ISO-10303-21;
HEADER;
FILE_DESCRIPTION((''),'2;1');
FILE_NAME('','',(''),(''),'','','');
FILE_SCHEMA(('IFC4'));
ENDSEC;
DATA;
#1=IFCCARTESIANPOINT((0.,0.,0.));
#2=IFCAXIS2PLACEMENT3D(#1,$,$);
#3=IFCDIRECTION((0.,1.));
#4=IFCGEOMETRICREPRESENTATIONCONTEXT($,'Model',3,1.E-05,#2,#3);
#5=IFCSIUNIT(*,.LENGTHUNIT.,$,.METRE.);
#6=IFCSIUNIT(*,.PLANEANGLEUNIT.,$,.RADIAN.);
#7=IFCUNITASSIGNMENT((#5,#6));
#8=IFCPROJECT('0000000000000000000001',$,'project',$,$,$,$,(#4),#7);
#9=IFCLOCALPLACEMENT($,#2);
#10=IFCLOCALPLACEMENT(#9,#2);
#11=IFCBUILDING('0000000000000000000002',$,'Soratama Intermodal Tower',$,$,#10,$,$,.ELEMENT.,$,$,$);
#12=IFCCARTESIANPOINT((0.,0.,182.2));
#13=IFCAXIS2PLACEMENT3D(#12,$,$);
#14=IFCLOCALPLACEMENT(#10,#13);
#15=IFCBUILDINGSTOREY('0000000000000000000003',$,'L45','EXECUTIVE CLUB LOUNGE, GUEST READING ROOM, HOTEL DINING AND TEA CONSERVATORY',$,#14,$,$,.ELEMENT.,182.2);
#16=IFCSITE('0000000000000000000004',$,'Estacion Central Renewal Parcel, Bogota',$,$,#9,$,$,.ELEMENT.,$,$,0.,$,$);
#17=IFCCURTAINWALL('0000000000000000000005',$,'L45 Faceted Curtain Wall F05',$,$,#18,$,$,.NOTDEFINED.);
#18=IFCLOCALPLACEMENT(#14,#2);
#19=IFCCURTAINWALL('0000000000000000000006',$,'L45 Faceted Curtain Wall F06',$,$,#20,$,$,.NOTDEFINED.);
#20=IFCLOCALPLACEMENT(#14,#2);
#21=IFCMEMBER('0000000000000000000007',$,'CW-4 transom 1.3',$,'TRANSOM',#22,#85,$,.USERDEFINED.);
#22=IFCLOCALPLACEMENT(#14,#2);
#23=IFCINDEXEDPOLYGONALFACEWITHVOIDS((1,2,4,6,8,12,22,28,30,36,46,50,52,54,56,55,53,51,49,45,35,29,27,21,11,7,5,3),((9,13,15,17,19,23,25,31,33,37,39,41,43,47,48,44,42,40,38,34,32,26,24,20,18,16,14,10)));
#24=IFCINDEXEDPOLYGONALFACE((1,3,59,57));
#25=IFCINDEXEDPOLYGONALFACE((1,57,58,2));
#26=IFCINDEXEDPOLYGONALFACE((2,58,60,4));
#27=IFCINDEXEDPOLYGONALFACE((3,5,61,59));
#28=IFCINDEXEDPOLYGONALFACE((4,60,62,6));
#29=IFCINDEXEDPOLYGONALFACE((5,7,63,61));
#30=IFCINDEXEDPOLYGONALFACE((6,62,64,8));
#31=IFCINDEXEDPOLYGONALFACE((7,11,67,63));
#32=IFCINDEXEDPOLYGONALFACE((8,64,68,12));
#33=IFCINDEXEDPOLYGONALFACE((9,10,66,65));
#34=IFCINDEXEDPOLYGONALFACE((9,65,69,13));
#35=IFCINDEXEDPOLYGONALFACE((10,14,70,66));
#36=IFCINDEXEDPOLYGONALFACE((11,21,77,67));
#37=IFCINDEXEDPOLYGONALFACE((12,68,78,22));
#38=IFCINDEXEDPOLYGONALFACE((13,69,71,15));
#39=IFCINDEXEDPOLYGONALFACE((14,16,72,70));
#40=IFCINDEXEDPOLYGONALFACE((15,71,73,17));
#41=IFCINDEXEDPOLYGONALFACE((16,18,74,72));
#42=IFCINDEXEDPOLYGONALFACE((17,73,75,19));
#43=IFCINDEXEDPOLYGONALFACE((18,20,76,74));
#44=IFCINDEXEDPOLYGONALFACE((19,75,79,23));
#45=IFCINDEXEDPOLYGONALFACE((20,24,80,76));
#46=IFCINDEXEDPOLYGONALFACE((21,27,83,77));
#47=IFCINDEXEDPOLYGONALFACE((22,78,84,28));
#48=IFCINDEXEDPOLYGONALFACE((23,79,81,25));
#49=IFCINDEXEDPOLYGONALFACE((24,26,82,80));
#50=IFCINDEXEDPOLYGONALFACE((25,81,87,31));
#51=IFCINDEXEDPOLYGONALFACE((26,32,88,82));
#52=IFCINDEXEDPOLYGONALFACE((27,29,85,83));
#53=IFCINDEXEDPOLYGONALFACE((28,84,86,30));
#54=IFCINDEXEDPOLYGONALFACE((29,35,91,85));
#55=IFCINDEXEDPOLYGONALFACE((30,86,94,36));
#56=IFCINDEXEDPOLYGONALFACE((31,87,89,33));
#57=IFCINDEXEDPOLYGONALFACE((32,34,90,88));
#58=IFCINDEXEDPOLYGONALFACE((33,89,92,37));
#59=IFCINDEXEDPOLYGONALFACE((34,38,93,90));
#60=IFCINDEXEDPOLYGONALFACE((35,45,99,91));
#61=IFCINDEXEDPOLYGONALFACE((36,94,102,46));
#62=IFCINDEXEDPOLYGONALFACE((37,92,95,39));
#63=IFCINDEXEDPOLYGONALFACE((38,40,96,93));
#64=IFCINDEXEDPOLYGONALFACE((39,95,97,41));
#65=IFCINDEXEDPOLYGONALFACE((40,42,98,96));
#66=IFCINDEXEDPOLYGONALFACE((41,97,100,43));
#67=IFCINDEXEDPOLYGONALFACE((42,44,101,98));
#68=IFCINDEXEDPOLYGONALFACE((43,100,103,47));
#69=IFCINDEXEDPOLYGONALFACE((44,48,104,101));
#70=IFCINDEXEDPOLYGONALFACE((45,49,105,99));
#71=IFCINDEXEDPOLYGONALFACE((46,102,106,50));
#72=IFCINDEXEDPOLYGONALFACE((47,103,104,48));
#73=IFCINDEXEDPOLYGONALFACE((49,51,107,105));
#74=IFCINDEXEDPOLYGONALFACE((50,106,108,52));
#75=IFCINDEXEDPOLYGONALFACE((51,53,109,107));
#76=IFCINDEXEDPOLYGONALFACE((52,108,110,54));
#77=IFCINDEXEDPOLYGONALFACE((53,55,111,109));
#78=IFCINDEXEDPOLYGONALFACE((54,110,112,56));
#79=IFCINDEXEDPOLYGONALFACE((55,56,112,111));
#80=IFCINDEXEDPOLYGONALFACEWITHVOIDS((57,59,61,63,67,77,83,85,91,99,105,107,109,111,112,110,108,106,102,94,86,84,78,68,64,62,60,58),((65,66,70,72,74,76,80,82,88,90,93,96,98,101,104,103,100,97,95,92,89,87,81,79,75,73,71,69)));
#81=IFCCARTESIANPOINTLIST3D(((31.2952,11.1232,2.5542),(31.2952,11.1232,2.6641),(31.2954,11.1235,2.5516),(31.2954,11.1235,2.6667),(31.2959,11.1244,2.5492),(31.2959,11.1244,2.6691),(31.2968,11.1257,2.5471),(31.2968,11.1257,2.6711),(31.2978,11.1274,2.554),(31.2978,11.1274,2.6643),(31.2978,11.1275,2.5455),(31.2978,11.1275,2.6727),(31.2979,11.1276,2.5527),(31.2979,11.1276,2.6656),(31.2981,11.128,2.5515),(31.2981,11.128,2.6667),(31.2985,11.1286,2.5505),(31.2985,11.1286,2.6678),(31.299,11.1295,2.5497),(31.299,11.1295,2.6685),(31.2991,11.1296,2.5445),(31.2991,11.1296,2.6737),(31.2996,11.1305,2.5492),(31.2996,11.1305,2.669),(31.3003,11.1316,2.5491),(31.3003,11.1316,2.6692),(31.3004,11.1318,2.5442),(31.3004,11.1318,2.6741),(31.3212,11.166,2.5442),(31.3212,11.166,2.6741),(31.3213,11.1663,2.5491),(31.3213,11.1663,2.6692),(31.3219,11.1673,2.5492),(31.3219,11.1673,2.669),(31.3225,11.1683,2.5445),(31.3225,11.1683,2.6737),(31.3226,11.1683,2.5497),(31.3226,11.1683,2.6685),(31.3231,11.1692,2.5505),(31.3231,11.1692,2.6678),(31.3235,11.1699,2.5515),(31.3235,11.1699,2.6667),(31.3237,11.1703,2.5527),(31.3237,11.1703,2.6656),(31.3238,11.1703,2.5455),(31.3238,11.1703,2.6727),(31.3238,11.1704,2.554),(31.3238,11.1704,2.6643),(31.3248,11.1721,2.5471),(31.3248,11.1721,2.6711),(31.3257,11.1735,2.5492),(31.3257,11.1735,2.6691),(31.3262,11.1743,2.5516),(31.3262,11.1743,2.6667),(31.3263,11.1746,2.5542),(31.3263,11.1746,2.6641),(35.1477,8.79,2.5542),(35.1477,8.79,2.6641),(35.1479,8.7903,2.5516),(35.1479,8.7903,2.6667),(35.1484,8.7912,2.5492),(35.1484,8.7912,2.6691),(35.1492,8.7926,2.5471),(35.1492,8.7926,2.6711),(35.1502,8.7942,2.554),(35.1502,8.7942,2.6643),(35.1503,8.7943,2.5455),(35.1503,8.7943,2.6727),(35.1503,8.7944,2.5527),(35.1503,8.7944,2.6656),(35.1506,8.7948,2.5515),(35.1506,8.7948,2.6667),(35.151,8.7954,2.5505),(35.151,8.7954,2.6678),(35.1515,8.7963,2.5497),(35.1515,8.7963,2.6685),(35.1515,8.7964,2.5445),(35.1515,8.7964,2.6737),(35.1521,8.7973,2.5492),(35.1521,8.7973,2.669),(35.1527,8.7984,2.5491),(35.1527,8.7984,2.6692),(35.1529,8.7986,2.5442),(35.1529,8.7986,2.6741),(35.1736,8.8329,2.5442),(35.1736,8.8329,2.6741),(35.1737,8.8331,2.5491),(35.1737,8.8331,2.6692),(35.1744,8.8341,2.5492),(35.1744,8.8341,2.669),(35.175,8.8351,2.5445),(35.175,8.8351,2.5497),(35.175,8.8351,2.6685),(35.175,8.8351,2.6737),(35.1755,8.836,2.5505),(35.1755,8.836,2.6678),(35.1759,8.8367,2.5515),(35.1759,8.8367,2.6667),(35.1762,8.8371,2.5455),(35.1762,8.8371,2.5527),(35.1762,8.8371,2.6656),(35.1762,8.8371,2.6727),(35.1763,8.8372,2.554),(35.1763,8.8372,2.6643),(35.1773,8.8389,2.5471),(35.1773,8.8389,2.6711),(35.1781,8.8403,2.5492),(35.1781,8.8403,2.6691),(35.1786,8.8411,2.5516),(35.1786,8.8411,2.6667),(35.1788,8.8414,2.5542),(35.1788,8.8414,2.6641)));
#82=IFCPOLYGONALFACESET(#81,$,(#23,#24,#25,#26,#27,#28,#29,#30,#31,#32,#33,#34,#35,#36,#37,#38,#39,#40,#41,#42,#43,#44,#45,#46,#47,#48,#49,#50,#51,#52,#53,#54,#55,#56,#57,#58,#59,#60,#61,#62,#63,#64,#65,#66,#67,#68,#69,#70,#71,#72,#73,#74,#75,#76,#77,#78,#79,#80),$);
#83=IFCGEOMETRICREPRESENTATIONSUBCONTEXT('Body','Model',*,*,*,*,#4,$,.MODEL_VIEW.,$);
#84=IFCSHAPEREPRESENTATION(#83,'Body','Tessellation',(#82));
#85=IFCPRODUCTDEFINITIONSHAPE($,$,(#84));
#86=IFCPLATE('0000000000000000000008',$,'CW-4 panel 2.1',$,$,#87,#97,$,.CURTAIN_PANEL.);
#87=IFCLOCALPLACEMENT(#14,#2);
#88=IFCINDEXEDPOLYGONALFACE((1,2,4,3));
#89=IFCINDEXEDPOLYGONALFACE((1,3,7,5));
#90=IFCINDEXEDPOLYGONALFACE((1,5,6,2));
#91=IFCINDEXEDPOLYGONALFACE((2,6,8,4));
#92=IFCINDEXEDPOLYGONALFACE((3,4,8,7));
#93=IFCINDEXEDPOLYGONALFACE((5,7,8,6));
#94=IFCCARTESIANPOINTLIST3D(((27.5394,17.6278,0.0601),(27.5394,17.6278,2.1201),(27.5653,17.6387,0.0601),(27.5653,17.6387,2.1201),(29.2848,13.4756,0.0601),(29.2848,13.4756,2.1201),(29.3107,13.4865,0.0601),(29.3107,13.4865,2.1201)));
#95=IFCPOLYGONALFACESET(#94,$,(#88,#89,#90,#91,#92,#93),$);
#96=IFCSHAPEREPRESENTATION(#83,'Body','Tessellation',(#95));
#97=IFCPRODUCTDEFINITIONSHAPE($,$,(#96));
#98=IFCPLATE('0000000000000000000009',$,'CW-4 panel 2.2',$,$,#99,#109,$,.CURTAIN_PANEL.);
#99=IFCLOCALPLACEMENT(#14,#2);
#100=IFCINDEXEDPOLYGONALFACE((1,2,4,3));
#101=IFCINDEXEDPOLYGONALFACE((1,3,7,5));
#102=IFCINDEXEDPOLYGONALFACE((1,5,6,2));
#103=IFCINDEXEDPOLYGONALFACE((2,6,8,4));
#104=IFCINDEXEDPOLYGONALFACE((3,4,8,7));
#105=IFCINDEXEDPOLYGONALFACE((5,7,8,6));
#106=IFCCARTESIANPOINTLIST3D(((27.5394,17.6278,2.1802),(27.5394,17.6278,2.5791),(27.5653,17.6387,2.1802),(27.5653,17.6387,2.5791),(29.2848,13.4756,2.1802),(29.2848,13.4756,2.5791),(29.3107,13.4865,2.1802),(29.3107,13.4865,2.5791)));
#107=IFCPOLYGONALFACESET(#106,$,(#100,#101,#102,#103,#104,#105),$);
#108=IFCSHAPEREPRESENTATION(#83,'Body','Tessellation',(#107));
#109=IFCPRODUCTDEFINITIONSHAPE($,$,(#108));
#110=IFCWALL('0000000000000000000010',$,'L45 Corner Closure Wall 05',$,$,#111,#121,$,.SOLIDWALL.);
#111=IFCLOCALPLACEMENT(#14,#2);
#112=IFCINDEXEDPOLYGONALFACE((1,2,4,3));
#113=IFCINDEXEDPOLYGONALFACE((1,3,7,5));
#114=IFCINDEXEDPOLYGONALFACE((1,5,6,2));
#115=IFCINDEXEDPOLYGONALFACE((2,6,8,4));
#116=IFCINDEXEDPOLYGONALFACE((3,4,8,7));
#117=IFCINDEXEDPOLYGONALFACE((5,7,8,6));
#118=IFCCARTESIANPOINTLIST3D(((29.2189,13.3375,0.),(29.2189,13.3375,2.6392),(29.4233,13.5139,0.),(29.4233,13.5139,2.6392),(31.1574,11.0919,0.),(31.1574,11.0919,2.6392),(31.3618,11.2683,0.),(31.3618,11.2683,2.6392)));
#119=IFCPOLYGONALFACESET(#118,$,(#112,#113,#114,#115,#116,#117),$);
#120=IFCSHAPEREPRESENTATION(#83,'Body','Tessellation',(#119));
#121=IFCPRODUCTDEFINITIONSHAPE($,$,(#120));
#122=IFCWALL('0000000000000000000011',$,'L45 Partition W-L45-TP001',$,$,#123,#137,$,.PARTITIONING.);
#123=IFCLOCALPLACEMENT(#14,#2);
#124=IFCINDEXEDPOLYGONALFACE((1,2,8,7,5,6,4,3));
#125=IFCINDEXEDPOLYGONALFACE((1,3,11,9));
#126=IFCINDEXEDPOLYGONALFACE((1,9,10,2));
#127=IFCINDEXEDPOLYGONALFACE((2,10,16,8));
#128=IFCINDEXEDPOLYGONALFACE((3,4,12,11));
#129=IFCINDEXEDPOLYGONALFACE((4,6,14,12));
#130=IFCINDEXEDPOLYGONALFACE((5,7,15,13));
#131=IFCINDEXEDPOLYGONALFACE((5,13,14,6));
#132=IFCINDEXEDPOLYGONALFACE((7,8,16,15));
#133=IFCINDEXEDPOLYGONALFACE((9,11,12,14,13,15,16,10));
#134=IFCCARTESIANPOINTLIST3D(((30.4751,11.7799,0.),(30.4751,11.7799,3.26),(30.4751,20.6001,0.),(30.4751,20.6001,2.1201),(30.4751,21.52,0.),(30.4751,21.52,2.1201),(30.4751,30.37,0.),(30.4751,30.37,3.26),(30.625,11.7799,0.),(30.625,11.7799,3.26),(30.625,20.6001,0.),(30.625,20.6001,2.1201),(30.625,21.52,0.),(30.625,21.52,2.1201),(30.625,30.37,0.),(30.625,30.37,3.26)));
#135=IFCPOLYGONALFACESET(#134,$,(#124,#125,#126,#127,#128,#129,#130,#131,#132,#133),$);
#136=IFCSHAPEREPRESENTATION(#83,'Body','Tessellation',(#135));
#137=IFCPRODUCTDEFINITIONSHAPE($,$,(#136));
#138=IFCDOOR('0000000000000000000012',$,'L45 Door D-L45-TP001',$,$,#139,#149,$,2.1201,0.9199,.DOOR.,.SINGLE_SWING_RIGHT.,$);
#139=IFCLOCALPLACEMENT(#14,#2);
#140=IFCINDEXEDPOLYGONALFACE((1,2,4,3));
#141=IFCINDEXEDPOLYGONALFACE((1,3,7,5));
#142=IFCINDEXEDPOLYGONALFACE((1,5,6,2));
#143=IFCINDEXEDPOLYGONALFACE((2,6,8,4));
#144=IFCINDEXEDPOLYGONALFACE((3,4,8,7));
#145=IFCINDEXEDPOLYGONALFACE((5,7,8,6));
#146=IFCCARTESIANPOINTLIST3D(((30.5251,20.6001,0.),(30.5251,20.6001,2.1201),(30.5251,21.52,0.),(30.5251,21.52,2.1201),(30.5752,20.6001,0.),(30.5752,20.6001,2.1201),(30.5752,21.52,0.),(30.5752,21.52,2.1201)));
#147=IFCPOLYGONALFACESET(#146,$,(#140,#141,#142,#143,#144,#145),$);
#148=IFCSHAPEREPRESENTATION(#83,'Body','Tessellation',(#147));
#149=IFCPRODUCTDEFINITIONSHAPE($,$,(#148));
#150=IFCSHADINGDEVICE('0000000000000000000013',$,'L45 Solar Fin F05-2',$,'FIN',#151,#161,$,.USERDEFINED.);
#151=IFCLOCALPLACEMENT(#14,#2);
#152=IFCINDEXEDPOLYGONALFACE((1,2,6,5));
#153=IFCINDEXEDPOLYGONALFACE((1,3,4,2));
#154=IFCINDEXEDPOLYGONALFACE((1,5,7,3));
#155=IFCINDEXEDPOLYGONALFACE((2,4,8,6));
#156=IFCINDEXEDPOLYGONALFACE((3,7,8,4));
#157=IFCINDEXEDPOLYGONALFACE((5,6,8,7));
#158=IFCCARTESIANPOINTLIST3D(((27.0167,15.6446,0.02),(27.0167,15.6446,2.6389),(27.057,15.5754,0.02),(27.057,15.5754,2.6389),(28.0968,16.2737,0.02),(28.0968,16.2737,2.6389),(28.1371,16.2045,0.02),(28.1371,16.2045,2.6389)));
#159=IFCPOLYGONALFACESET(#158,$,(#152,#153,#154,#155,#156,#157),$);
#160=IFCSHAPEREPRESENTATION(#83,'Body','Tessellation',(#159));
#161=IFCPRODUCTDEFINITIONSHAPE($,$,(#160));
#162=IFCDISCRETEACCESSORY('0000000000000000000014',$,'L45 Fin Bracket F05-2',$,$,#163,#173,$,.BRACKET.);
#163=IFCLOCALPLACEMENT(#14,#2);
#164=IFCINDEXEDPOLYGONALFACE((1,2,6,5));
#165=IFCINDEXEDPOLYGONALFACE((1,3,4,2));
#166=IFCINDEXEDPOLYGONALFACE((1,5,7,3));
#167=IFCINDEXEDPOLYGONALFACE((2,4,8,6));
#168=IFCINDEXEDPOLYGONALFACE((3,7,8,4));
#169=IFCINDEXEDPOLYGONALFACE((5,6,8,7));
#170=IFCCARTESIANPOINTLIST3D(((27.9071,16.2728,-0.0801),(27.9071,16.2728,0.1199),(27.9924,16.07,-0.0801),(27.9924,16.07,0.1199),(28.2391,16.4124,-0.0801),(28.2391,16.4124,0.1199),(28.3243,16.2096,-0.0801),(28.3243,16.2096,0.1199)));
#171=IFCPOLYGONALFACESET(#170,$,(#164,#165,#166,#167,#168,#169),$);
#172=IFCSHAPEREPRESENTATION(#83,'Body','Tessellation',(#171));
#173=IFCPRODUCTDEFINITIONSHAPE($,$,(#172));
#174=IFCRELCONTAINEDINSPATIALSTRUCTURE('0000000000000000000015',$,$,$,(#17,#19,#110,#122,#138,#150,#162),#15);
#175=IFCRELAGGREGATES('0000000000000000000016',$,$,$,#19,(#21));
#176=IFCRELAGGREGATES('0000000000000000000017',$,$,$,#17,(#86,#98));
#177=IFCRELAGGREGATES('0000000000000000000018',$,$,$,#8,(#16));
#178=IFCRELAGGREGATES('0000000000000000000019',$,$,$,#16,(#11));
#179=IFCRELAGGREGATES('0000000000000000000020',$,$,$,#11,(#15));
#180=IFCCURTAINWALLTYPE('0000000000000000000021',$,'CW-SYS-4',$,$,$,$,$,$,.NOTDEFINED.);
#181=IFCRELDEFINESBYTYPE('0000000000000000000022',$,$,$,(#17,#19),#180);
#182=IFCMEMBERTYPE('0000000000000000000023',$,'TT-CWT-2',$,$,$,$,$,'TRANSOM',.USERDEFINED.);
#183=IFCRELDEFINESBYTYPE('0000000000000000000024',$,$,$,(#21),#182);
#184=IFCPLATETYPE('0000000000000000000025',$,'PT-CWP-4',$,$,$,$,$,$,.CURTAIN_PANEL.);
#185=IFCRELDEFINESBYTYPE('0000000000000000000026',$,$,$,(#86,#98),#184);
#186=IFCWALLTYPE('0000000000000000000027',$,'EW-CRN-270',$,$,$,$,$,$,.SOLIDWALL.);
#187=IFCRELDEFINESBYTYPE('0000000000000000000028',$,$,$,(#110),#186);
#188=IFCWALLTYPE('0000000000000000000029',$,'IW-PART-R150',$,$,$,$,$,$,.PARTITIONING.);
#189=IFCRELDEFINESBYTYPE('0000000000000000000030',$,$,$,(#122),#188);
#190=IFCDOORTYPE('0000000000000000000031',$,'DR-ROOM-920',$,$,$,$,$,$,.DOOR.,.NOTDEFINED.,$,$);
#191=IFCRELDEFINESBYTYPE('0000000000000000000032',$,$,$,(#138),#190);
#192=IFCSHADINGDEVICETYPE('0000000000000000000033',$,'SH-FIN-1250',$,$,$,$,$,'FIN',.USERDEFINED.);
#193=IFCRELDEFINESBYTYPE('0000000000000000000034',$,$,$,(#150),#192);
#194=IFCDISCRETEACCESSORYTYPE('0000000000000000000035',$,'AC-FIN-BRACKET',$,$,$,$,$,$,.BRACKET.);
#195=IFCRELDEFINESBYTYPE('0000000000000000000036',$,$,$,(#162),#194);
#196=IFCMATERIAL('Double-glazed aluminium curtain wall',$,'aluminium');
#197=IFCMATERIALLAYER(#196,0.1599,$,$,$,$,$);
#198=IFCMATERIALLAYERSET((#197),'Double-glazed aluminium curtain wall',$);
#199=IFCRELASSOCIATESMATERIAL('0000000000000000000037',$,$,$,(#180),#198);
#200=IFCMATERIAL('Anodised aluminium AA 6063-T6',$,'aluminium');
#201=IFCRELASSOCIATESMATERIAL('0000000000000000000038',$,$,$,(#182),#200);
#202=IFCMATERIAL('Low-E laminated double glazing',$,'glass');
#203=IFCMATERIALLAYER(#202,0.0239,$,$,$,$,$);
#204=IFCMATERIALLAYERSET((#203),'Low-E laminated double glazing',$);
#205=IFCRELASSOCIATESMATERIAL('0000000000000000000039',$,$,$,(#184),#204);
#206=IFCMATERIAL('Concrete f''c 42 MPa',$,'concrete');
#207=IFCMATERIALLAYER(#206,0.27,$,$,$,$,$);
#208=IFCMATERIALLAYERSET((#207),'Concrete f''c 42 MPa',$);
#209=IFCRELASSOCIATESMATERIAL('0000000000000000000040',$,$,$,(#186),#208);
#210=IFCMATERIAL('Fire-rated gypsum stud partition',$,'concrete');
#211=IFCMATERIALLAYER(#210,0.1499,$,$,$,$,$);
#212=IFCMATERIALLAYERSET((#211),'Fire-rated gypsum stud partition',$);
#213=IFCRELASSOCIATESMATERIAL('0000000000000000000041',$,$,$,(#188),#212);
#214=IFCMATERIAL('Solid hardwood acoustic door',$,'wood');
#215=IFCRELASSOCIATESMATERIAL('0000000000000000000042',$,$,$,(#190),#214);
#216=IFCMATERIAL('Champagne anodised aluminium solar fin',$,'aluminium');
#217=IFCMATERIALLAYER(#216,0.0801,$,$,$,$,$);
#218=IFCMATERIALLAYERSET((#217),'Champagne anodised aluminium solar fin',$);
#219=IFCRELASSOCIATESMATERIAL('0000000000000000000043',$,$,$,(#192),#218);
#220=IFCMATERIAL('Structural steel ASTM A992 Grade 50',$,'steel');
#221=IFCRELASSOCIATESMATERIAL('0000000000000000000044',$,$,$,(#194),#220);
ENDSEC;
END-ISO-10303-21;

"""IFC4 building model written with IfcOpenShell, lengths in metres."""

from ifc_helpers import new_model, si_unit, direction, frame, frame_2d, origin, origin_2d, place, context, subcontext, project, spatial, rectangle, hollow_rectangle, extrude, material, layer, layer_set, material_profile, profile_set, type_object, element, fill, aggregate, save


model = new_model("IFC4")

# Units and contexts
model_context = context("Model", 3, precision=1e-05, world=origin(), true_north=direction((0.0, 1.0)))
body_context = subcontext(model_context, "Body", "Model", "MODEL_VIEW")
ifc_project = project(units=[si_unit("LENGTHUNIT", "METRE"), si_unit("PLANEANGLEUNIT", "RADIAN")], contexts=[model_context])

# Site, building, storey
site_placement = place(None, origin())
site = spatial("IfcSite", under=ifc_project, at=site_placement, Name="Estacion Central Renewal Parcel, Bogota", CompositionType="ELEMENT", RefElevation=0.0)
building_placement = place(site_placement, origin())
building = spatial("IfcBuilding", under=site, at=building_placement, Name="Soratama Intermodal Tower", CompositionType="ELEMENT")
storey_placement = place(building_placement, frame((0.0, 0.0, 182.2)))
storey = spatial("IfcBuildingStorey", under=building, at=storey_placement, Name="L45", Description="EXECUTIVE CLUB LOUNGE, GUEST READING ROOM, HOTEL DINING AND TEA CONSERVATORY", CompositionType="ELEMENT", Elevation=182.2)

# Curtain walls
ifc_material_1 = material(Name="Double-glazed aluminium curtain wall", Category="aluminium")
ifc_layer_1 = layer(ifc_material_1, 0.1599)
ifc_layer_set_1 = layer_set([ifc_layer_1], Name="Double-glazed aluminium curtain wall")
curtain_wall_type = type_object("IfcCurtainWallType", Name="CW-SYS-4", PredefinedType="NOTDEFINED", material=ifc_layer_set_1)
curtain_wall_1_placement = place(storey_placement, origin())
curtain_wall_1 = element("IfcCurtainWall", 1, at=curtain_wall_1_placement, inside=storey, type_object=curtain_wall_type, Name="L45 Faceted Curtain Wall F05", PredefinedType="NOTDEFINED")
curtain_wall_2_placement = place(storey_placement, origin())
curtain_wall_2 = element("IfcCurtainWall", 2, at=curtain_wall_2_placement, inside=storey, type_object=curtain_wall_type, Name="L45 Faceted Curtain Wall F06", PredefinedType="NOTDEFINED")

# Member
ifc_material_2 = material(Name="Anodised aluminium AA 6063-T6", Category="aluminium")
ifc_material_profile_1 = material_profile(ifc_material_2, hollow_rectangle(XDim=0.0601, YDim=0.1299, WallThickness=0.0049, InnerFilletRadius=0.0049, OuterFilletRadius=0.01, at=origin_2d()), Name="CWT130X60X5")
ifc_profile_set_1 = profile_set([ifc_material_profile_1], Name="Anodised aluminium AA 6063-T6")
member_type_1 = type_object("IfcMemberType", Name="TT-CWT-2", ElementType="TRANSOM", PredefinedType="USERDEFINED", material=ifc_profile_set_1)
member_1_placement = place(storey_placement, frame((31.3108, 11.1489, 2.6091), z_axis=(0.855357, -0.518039, 0.0), x_axis=(0.518039, 0.855357, 0.0)))
member_1 = element("IfcMember", 3, at=member_1_placement, type_object=member_type_1, Name="CW-4 transom 1.3", ObjectType="TRANSOM", PredefinedType="USERDEFINED", context=body_context, shape_type="SweptSolid", body=[
    extrude(hollow_rectangle(XDim=0.0601, YDim=0.1299, WallThickness=0.0049, InnerFilletRadius=0.0049, OuterFilletRadius=0.01, at=origin_2d()), origin(), (0.0, 0.0, 1.0), 4.5039),
])
aggregate(curtain_wall_2, [member_1])

# Plates
ifc_material_3 = material(Name="Low-E laminated double glazing", Category="glass")
ifc_layer_2 = layer(ifc_material_3, 0.0239)
ifc_layer_set_2 = layer_set([ifc_layer_2], Name="Low-E laminated double glazing")
plate_type = type_object("IfcPlateType", Name="PT-CWP-4", PredefinedType="CURTAIN_PANEL", material=ifc_layer_set_2)
plate_1_placement = place(storey_placement, frame((28.425, 15.5571, 0.0601), z_axis=(0.0, 0.0, 1.0), x_axis=(0.387521, -0.921861, 0.0)))
plate_1 = element("IfcPlate", 4, at=plate_1_placement, type_object=plate_type, Name="CW-4 panel 2.1", PredefinedType="CURTAIN_PANEL", context=body_context, shape_type="SweptSolid", body=[
    extrude(rectangle(XDim=4.5042, YDim=0.0281, at=origin_2d()), origin(), (0.0, 0.0, 1.0), 2.0601),
])
plate_2_placement = place(storey_placement, frame((28.425, 15.5571, 2.1802), z_axis=(0.0, 0.0, 1.0), x_axis=(0.387521, -0.921861, 0.0)))
plate_2 = element("IfcPlate", 5, at=plate_2_placement, type_object=plate_type, Name="CW-4 panel 2.2", PredefinedType="CURTAIN_PANEL", context=body_context, shape_type="SweptSolid", body=[
    extrude(rectangle(XDim=4.5042, YDim=0.0281, at=origin_2d()), origin(), (0.0, 0.0, 1.0), 0.3989),
])
aggregate(curtain_wall_1, [plate_1, plate_2])

# Wall
ifc_material_4 = material(Name="Concrete f'c 42 MPa", Category="concrete")
ifc_layer_3 = layer(ifc_material_4, 0.27)
ifc_layer_set_3 = layer_set([ifc_layer_3], Name="Concrete f'c 42 MPa")
wall_type_1 = type_object("IfcWallType", Name="EW-CRN-270", PredefinedType="SOLIDWALL", material=ifc_layer_set_3)
wall_1_placement = place(storey_placement, frame((29.321, 13.4258, 0.0), z_axis=(0.0, 0.0, 1.0), x_axis=(0.653444, -0.756975, 0.0)))
element("IfcWall", 6, at=wall_1_placement, inside=storey, type_object=wall_type_1, Name="L45 Corner Closure Wall 05", PredefinedType="SOLIDWALL", context=body_context, shape_type="SweptSolid", body=[
    extrude(rectangle(XDim=2.9666, YDim=0.27, at=frame_2d((1.4834, 0.0))), origin(), (0.0, 0.0, 1.0), 2.6392),
])

# Wall, opening, door
ifc_material_5 = material(Name="Fire-rated gypsum stud partition", Category="concrete")
ifc_layer_4 = layer(ifc_material_5, 0.1499)
ifc_layer_set_4 = layer_set([ifc_layer_4], Name="Fire-rated gypsum stud partition")
wall_type_2 = type_object("IfcWallType", Name="IW-PART-R150", PredefinedType="PARTITIONING", material=ifc_layer_set_4)
wall_2_placement = place(storey_placement, frame((30.55, 11.78, 0.0), z_axis=(0.0, 0.0, 1.0), x_axis=(0.0, 1.0, 0.0)))
wall_2 = element("IfcWall", 7, at=wall_2_placement, inside=storey, type_object=wall_type_2, Name="L45 Partition W-L45-TP001", PredefinedType="PARTITIONING", context=body_context, shape_type="SweptSolid", body=[
    extrude(rectangle(XDim=18.5901, YDim=0.1499, at=frame_2d((9.2949, 0.0))), origin(), (0.0, 0.0, 1.0), 3.26),
])
opening_placement = place(wall_2_placement, frame((8.8201, 0.0, 0.0)))
opening = element("IfcOpeningElement", 8, at=opening_placement, cuts=wall_2, PredefinedType="OPENING", context=body_context, shape_type="SweptSolid", body=[
    extrude(rectangle(XDim=0.9199, YDim=2.1201, at=frame_2d((0.46, 1.0601))), frame((0.0, 0.085, 0.0), z_axis=(0.0, -1.0, 0.0), x_axis=(1.0, 0.0, 0.0)), (0.0, 0.0, 1.0), 0.1699),
])
ifc_material_6 = material(Name="Solid hardwood acoustic door", Category="wood")
door_type = type_object("IfcDoorType", Name="DR-ROOM-920", OperationType="NOTDEFINED", PredefinedType="DOOR", material=ifc_material_6)
door_placement = place(opening_placement, origin())
door = element("IfcDoor", 9, at=door_placement, inside=storey, type_object=door_type, Name="L45 Door D-L45-TP001", OperationType="SINGLE_SWING_RIGHT", OverallHeight=2.1201, OverallWidth=0.9199, PredefinedType="DOOR", context=body_context, shape_type="SweptSolid", body=[
    extrude(rectangle(XDim=0.9199, YDim=2.1201, at=frame_2d((0.46, 1.0601))), frame((0.0, 0.0249, 0.0), z_axis=(0.0, -1.0, 0.0), x_axis=(1.0, 0.0, 0.0)), (0.0, 0.0, 1.0), 0.05),
])
fill(opening, door)

# Shading device
ifc_material_7 = material(Name="Champagne anodised aluminium solar fin", Category="aluminium")
ifc_layer_5 = layer(ifc_material_7, 0.0801)
ifc_layer_set_5 = layer_set([ifc_layer_5], Name="Champagne anodised aluminium solar fin")
shading_device_type = type_object("IfcShadingDeviceType", Name="SH-FIN-1250", ElementType="FIN", PredefinedType="USERDEFINED", material=ifc_layer_set_5)
shading_device_placement = place(storey_placement, frame((27.5769, 15.9246, 0.02), z_axis=(0.0, 0.0, 1.0), x_axis=(-0.864099, -0.503322, 0.0)))
element("IfcShadingDevice", 10, at=shading_device_placement, inside=storey, type_object=shading_device_type, Name="L45 Solar Fin F05-2", ObjectType="FIN", PredefinedType="USERDEFINED", context=body_context, shape_type="SweptSolid", body=[
    extrude(rectangle(XDim=1.25, YDim=0.0801, at=origin_2d()), origin(), (0.0, 0.0, 1.0), 2.6189),
])

# Discrete accessory
ifc_material_8 = material(Name="Structural steel ASTM A992 Grade 50", Category="steel")
discrete_accessory_type = type_object("IfcDiscreteAccessoryType", Name="AC-FIN-BRACKET", PredefinedType="BRACKET", material=ifc_material_8)
discrete_accessory_placement = place(storey_placement, frame((28.1157, 16.2412, -0.0801), z_axis=(0.0, 0.0, 1.0), x_axis=(-0.921863, -0.387516, 0.0)))
element("IfcDiscreteAccessory", 11, at=discrete_accessory_placement, inside=storey, type_object=discrete_accessory_type, Name="L45 Fin Bracket F05-2", PredefinedType="BRACKET", context=body_context, shape_type="SweptSolid", body=[
    extrude(rectangle(XDim=0.3601, YDim=0.22, at=origin_2d()), origin(), (0.0, 0.0, 1.0), 0.2),
])

save(model, "model.ifc")
